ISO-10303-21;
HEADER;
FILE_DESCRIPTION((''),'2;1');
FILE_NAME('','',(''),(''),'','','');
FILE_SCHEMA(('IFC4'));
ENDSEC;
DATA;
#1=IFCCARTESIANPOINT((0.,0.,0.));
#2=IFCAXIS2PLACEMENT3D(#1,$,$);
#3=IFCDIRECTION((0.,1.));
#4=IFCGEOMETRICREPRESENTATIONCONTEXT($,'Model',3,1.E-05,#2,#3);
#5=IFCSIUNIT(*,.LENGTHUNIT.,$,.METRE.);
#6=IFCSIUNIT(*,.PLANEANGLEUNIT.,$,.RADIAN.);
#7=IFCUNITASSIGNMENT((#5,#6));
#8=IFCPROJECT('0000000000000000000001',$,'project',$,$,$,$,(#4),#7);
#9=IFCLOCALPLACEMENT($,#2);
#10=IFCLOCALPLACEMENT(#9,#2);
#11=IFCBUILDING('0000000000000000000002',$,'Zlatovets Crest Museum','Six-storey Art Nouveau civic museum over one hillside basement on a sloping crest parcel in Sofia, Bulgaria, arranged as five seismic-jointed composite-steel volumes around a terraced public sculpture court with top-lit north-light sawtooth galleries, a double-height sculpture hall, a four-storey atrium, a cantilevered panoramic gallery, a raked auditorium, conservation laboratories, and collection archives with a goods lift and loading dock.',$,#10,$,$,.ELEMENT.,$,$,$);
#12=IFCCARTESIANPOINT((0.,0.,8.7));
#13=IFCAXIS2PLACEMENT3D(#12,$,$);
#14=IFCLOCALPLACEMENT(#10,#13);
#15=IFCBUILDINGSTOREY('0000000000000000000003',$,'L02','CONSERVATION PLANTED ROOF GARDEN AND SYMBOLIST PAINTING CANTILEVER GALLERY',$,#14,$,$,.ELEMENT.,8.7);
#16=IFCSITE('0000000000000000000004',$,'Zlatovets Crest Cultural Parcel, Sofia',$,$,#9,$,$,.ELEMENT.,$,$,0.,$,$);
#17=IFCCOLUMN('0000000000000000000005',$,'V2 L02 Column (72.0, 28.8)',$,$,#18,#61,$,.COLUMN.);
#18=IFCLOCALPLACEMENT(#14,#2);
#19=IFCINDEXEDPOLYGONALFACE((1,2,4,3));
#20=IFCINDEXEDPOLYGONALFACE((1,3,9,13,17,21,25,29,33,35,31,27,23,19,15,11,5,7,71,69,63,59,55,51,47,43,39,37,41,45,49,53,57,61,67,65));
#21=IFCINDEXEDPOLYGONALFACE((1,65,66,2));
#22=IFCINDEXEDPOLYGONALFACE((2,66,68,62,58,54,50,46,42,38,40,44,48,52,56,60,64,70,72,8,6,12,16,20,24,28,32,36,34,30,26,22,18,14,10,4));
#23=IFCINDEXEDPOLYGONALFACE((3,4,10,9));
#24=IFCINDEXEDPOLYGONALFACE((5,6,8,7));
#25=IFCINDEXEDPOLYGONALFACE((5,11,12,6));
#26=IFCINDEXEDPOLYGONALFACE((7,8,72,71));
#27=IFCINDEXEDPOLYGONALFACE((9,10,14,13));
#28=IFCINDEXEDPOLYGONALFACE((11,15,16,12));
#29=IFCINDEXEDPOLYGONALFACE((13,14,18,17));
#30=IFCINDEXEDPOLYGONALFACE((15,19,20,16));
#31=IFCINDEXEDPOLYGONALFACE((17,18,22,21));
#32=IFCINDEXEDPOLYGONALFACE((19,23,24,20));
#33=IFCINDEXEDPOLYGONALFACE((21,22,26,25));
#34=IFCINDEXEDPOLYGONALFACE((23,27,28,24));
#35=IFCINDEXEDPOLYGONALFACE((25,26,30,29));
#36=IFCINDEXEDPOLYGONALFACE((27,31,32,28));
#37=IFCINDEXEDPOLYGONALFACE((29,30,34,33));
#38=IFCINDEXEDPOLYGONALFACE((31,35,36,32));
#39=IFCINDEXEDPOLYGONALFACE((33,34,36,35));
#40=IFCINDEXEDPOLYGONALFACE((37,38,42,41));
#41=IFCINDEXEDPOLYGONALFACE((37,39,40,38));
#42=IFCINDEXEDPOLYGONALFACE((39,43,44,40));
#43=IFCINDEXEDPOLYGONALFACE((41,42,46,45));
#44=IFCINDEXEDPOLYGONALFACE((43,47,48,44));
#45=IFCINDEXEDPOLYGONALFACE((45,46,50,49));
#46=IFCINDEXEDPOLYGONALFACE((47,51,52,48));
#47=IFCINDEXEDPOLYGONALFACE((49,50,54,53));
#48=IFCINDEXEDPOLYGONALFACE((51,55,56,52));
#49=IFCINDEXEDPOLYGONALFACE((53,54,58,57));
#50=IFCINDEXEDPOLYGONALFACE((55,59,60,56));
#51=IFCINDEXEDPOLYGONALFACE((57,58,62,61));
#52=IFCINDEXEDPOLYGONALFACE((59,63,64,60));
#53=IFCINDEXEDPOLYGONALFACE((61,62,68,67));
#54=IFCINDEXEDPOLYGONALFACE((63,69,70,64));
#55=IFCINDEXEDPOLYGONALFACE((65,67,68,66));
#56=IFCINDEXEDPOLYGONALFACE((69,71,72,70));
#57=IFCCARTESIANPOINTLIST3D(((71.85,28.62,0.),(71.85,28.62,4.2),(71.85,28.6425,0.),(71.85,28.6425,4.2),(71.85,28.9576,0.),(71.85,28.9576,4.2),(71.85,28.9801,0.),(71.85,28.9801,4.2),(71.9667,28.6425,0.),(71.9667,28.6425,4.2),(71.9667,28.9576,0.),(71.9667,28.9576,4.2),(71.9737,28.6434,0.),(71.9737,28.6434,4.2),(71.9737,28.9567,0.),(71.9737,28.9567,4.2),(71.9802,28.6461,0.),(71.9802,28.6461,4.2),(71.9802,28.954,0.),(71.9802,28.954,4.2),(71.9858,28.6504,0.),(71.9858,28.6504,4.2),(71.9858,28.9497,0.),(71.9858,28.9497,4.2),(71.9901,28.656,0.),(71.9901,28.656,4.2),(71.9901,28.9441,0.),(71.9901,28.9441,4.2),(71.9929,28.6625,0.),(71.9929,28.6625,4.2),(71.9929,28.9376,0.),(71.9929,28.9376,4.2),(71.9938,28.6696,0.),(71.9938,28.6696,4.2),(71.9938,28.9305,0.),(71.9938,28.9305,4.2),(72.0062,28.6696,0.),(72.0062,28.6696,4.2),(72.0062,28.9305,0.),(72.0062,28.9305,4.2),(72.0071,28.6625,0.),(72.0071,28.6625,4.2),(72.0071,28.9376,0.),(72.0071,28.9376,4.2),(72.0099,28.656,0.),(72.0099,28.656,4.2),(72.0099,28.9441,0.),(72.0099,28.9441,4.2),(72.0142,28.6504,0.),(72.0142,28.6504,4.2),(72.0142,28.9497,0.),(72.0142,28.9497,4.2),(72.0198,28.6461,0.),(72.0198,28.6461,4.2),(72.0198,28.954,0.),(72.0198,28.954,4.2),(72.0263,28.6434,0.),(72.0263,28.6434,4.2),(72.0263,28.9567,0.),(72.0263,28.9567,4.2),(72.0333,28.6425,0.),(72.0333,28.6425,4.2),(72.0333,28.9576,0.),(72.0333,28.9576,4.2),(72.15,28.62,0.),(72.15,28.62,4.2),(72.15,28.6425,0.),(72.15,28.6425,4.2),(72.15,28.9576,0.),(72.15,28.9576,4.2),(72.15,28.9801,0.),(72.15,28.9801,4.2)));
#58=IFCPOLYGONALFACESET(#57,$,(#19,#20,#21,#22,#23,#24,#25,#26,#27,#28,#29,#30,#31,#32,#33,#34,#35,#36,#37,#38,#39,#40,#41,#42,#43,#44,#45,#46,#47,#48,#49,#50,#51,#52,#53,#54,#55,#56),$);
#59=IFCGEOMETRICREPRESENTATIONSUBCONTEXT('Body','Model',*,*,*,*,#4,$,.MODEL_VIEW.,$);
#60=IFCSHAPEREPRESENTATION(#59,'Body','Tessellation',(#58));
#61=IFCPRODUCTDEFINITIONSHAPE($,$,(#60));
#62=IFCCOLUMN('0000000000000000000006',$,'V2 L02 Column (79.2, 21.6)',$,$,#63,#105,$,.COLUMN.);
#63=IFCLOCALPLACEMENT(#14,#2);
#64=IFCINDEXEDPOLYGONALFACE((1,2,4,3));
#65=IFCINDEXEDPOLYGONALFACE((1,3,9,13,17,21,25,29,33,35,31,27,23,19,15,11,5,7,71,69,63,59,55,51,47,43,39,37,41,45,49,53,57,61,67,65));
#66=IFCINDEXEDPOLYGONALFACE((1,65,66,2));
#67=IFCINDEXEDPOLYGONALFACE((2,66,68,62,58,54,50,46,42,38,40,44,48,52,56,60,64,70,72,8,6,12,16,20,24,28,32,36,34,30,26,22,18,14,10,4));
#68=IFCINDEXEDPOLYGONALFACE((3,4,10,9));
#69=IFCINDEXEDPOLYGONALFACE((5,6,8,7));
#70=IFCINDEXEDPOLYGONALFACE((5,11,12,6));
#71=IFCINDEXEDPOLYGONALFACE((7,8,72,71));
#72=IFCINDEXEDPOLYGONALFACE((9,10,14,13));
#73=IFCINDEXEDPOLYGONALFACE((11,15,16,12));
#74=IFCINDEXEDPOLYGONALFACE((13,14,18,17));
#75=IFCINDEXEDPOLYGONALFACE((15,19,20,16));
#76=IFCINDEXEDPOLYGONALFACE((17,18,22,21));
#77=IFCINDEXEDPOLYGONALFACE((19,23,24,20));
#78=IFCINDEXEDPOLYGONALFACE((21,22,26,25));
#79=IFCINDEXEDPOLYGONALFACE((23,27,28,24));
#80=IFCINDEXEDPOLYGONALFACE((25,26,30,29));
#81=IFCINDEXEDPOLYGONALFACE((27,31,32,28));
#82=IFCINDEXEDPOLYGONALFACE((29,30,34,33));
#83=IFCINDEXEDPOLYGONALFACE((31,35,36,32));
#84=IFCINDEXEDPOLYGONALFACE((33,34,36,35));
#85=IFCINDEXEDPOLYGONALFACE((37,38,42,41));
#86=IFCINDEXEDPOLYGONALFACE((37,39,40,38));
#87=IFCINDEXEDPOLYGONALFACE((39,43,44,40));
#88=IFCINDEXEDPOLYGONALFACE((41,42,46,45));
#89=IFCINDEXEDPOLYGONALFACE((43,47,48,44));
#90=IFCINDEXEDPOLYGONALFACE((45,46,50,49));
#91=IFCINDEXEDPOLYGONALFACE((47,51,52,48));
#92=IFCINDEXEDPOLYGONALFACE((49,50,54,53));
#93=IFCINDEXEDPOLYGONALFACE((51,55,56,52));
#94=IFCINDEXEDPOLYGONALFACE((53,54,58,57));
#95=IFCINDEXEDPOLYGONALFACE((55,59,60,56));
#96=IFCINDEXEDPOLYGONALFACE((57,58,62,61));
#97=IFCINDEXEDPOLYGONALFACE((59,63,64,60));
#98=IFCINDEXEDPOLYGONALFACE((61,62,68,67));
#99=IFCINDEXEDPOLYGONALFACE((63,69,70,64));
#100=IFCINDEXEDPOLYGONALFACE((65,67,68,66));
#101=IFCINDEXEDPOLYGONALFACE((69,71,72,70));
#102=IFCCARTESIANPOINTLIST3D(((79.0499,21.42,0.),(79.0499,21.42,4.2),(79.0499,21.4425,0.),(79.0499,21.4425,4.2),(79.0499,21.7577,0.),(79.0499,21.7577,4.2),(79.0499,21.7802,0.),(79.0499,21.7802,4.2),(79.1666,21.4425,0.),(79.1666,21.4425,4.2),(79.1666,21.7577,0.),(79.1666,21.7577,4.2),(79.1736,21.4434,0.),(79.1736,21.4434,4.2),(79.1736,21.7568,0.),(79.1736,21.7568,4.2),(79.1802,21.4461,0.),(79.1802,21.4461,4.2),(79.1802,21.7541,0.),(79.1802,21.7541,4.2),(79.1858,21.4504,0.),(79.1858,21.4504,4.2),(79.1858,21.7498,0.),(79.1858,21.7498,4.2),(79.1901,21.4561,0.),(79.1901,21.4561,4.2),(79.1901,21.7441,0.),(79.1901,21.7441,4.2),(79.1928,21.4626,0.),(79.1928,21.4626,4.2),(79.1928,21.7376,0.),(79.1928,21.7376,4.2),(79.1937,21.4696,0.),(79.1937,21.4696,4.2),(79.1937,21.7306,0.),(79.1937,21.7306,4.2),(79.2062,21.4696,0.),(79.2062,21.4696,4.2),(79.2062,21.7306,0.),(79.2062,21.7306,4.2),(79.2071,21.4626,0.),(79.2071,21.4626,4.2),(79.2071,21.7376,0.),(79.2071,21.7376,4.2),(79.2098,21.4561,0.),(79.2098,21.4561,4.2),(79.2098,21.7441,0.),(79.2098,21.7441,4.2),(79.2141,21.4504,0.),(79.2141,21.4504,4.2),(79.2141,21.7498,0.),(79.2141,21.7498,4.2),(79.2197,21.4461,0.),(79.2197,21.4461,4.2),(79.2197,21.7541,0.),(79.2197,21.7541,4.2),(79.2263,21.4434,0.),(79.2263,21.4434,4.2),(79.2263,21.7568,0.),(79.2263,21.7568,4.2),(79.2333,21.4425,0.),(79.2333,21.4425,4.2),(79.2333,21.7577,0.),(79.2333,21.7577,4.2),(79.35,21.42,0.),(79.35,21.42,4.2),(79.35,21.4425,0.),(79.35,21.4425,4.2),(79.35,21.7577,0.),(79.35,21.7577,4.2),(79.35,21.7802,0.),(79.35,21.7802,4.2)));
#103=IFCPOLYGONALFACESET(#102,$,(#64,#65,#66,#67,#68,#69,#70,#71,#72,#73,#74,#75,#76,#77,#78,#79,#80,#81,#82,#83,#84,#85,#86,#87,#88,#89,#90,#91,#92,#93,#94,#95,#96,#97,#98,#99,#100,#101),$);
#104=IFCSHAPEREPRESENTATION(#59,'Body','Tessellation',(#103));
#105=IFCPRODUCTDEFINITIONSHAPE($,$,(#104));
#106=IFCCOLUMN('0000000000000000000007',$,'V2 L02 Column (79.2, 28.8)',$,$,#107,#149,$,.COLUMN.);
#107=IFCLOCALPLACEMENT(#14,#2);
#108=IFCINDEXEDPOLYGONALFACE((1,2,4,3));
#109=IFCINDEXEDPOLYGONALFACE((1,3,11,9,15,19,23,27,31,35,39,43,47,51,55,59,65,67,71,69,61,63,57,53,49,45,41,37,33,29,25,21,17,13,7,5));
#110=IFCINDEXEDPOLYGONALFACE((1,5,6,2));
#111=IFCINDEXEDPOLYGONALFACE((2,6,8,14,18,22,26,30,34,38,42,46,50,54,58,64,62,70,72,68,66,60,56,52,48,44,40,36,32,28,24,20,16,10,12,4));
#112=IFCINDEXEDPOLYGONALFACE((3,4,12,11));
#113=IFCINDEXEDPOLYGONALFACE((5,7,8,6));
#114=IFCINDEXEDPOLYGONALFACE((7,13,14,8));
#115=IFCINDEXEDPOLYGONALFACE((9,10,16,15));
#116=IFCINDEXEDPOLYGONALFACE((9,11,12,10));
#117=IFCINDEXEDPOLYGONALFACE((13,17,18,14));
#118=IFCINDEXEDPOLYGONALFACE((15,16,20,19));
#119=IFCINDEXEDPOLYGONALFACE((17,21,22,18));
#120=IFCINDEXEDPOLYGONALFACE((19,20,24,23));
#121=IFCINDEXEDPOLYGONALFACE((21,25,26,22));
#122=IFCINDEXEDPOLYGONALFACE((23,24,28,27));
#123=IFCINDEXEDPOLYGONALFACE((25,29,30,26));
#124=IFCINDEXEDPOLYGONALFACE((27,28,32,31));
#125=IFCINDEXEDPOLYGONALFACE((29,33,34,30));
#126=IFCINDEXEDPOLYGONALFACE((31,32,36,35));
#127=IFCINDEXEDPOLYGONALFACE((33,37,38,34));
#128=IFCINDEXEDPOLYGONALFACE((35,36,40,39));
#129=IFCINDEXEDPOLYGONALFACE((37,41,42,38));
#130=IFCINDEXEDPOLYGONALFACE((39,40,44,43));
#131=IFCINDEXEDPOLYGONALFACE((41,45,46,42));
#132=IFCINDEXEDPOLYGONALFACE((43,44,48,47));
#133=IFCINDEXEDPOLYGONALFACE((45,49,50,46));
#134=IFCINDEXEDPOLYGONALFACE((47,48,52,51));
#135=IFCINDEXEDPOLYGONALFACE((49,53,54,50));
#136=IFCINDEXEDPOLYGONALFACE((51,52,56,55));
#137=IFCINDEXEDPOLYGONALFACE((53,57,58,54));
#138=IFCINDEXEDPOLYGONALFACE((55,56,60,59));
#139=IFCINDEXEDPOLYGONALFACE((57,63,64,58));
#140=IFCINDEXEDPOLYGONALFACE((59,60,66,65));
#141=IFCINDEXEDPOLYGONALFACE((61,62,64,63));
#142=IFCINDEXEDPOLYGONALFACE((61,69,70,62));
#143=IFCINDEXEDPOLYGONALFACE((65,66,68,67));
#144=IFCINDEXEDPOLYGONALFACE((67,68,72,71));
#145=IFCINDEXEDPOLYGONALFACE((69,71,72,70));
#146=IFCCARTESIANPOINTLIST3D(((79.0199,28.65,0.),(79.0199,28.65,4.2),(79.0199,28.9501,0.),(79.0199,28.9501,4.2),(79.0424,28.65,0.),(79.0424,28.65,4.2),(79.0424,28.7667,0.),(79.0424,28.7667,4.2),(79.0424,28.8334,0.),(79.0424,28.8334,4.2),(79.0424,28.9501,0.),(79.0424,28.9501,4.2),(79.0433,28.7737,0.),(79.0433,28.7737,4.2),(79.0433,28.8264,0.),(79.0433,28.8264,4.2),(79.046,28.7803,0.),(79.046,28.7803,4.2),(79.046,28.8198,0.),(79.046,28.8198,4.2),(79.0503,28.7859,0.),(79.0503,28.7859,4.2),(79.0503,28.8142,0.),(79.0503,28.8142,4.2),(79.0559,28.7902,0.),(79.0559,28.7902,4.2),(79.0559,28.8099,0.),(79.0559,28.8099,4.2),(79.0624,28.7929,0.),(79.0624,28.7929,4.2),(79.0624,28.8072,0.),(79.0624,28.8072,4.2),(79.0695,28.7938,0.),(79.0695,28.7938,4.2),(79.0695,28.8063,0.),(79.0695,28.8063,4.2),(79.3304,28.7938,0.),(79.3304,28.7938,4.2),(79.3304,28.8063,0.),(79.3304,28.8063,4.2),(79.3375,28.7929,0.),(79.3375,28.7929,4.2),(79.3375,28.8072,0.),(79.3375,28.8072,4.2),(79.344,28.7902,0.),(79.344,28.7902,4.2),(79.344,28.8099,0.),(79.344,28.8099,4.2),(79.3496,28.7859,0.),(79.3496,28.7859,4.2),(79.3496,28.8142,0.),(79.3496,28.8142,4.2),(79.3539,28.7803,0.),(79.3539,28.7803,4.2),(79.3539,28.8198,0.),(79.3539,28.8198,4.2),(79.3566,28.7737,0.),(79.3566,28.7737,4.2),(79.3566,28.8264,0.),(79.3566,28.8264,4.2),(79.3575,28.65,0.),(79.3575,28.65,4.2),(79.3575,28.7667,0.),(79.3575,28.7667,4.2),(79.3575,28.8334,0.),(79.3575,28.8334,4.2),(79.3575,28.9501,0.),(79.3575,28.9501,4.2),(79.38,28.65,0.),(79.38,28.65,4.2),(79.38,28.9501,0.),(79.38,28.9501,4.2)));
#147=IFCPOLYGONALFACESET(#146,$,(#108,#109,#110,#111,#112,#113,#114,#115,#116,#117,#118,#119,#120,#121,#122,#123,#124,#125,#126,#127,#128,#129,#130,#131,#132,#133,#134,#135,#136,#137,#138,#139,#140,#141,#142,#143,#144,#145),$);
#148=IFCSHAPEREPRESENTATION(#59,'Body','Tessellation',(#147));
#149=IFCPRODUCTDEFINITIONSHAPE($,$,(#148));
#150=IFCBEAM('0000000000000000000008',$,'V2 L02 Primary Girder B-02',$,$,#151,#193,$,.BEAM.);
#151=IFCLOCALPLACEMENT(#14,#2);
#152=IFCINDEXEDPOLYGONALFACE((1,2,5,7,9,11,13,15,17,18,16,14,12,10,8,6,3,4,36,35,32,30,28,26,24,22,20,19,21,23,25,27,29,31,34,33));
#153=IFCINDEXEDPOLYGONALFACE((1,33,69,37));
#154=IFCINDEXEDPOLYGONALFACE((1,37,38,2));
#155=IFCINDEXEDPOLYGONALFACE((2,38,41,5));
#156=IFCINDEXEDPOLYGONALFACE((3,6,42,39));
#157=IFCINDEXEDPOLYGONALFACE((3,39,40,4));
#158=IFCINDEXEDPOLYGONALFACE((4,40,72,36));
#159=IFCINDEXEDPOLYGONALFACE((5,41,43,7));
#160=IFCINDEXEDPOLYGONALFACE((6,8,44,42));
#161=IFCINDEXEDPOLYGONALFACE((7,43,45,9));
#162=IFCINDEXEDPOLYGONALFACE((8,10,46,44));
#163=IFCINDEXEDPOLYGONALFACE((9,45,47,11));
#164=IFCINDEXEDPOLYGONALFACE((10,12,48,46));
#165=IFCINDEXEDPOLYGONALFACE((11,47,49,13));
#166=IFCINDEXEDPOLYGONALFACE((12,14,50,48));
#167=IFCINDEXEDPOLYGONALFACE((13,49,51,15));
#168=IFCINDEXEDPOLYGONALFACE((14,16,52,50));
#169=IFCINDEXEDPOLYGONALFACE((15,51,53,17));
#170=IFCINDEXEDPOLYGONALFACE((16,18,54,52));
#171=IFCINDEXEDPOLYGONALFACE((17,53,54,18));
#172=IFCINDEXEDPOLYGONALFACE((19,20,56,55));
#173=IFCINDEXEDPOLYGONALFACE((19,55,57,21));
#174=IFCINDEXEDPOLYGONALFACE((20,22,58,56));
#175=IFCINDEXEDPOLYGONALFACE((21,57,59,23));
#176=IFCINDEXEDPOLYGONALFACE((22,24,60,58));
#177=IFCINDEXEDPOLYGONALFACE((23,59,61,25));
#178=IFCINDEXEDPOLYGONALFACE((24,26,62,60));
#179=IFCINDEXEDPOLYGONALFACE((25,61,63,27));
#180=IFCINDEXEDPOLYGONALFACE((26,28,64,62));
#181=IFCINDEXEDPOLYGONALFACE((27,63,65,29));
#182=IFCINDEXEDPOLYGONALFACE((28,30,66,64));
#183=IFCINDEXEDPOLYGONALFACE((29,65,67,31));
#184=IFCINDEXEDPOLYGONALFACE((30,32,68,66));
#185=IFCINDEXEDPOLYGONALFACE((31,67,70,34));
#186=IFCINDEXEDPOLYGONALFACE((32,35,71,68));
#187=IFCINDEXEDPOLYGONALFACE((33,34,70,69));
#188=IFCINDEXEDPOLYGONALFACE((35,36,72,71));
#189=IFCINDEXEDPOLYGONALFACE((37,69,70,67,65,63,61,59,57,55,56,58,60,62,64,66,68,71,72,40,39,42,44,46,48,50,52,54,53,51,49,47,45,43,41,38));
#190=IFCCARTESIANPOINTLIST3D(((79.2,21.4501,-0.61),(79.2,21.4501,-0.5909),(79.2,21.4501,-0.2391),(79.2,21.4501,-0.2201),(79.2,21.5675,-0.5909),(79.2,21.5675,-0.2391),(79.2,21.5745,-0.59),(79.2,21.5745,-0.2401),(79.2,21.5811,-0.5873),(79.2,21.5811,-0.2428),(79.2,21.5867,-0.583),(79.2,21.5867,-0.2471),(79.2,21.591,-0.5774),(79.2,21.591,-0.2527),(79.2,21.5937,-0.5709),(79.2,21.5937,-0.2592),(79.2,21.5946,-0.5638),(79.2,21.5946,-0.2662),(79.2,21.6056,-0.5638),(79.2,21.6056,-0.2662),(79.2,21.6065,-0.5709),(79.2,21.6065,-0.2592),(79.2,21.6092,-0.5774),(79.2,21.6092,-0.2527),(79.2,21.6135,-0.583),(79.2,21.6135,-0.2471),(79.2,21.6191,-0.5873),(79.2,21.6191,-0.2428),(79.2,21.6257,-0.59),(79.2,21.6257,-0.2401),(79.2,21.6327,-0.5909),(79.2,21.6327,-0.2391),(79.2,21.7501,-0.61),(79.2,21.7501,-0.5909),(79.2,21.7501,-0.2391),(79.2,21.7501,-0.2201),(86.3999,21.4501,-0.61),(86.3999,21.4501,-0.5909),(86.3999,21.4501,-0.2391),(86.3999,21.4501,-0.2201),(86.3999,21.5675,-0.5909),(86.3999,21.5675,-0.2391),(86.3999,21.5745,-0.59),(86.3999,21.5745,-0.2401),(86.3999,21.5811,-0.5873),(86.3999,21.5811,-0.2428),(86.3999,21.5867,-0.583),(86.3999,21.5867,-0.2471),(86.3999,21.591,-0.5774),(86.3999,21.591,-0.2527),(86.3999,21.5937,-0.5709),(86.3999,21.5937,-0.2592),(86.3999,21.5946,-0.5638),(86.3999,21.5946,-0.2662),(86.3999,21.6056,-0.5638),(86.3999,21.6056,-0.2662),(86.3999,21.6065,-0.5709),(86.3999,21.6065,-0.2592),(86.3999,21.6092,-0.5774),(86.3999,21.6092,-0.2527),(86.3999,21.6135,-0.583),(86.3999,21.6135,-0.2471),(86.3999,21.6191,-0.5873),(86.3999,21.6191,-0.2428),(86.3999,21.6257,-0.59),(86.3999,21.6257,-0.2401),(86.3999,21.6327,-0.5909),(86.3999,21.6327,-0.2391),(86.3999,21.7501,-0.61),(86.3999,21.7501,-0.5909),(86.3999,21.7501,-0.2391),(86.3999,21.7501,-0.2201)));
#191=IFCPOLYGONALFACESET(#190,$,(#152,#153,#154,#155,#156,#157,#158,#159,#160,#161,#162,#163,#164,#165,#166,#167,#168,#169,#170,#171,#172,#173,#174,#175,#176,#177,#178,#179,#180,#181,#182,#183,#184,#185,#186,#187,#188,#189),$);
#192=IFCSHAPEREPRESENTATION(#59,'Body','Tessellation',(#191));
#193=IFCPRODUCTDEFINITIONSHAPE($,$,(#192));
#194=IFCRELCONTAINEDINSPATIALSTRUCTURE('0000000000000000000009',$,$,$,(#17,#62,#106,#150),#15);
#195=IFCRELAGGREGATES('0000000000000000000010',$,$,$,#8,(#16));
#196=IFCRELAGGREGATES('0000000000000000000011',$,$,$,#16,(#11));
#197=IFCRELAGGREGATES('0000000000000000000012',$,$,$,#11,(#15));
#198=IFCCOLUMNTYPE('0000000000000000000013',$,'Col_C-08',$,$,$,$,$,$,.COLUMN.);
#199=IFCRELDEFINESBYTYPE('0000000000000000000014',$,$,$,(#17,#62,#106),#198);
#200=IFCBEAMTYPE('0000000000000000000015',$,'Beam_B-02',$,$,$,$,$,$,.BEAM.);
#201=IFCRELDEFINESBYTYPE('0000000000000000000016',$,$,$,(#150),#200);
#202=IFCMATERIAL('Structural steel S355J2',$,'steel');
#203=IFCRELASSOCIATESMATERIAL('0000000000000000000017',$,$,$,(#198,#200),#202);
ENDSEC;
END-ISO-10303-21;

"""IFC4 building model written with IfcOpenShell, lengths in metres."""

from ifc_helpers import new_model, si_unit, direction, frame, origin, origin_2d, place, context, subcontext, project, spatial, i_section, extrude, material, material_profile, profile_set, type_object, element, save


model = new_model("IFC4")

# Units and contexts
model_context = context("Model", 3, precision=1e-05, world=origin(), true_north=direction((0.0, 1.0)))
body_context = subcontext(model_context, "Body", "Model", "MODEL_VIEW")
ifc_project = project(units=[si_unit("LENGTHUNIT", "METRE"), si_unit("PLANEANGLEUNIT", "RADIAN")], contexts=[model_context])

# Site, building, storey
site_placement = place(None, origin())
site = spatial("IfcSite", under=ifc_project, at=site_placement, Name="Zlatovets Crest Cultural Parcel, Sofia", CompositionType="ELEMENT", RefElevation=0.0)
building_placement = place(site_placement, origin())
building = spatial("IfcBuilding", under=site, at=building_placement, Name="Zlatovets Crest Museum", Description="Six-storey Art Nouveau civic museum over one hillside basement on a sloping crest parcel in Sofia, Bulgaria, arranged as five seismic-jointed composite-steel volumes around a terraced public sculpture court with top-lit north-light sawtooth galleries, a double-height sculpture hall, a four-storey atrium, a cantilevered panoramic gallery, a raked auditorium, conservation laboratories, and collection archives with a goods lift and loading dock.", CompositionType="ELEMENT")
storey_placement = place(building_placement, frame((0.0, 0.0, 8.7)))
storey = spatial("IfcBuildingStorey", under=building, at=storey_placement, Name="L02", Description="CONSERVATION PLANTED ROOF GARDEN AND SYMBOLIST PAINTING CANTILEVER GALLERY", CompositionType="ELEMENT", Elevation=8.7)

# Columns
ifc_material_1 = material(Name="Structural steel S355J2", Category="steel")
ifc_material_profile_1 = material_profile(ifc_material_1, i_section(OverallWidth=0.3, OverallDepth=0.3601, WebThickness=0.0125, FlangeThickness=0.0225, FilletRadius=0.0271, at=origin_2d()), Name="HEB 360")
ifc_profile_set_1 = profile_set([ifc_material_profile_1], Name="Structural steel S355J2")
column_type = type_object("IfcColumnType", Name="Col_C-08", PredefinedType="COLUMN", material=ifc_profile_set_1)
for number, where, z_axis, x_axis, name in (
    (1, (72.0, 28.8, 0.0), (0.0, 0.0, 1.0), (1.0, 0.0, 0.0), "V2 L02 Column (72.0, 28.8)"),
    (2, (79.2, 21.6001, 0.0), (0.0, 0.0, 1.0), (1.0, 0.0, 0.0), "V2 L02 Column (79.2, 21.6)"),
    (3, (79.2, 28.8, 0.0), (0.0, 0.0, 1.0), (0.0, 1.0, 0.0), "V2 L02 Column (79.2, 28.8)"),
):
    element("IfcColumn", number, at=place(storey_placement, frame(where, z_axis=z_axis, x_axis=x_axis)), inside=storey, type_object=column_type, Name=name, PredefinedType="COLUMN", context=body_context, shape_type="SweptSolid", body=[
        extrude(i_section(OverallWidth=0.3, OverallDepth=0.3601, WebThickness=0.0125, FlangeThickness=0.0225, FilletRadius=0.0271, at=origin_2d()), origin(), (0.0, 0.0, 1.0), 4.2),
    ])

# Beam
ifc_material_profile_2 = material_profile(ifc_material_1, i_section(OverallWidth=0.3, OverallDepth=0.3899, WebThickness=0.011, FlangeThickness=0.019, FilletRadius=0.0271, at=origin_2d()), Name="HEA 400")
ifc_profile_set_2 = profile_set([ifc_material_profile_2], Name="Structural steel S355J2")
beam_type_1 = type_object("IfcBeamType", Name="Beam_B-02", PredefinedType="BEAM", material=ifc_profile_set_2)
for number, where, z_axis, x_axis, name in (
    (4, (79.2, 21.6001, -0.415), (1.0, 0.0, 0.0), (0.0, 1.0, 0.0), "V2 L02 Primary Girder B-02"),
):
    element("IfcBeam", number, at=place(storey_placement, frame(where, z_axis=z_axis, x_axis=x_axis)), inside=storey, type_object=beam_type_1, Name=name, PredefinedType="BEAM", context=body_context, shape_type="SweptSolid", body=[
        extrude(i_section(OverallWidth=0.3, OverallDepth=0.3899, WebThickness=0.011, FlangeThickness=0.019, FilletRadius=0.0271, at=origin_2d()), origin(), (0.0, 0.0, 1.0), 7.2),
    ])

save(model, "model.ifc")
